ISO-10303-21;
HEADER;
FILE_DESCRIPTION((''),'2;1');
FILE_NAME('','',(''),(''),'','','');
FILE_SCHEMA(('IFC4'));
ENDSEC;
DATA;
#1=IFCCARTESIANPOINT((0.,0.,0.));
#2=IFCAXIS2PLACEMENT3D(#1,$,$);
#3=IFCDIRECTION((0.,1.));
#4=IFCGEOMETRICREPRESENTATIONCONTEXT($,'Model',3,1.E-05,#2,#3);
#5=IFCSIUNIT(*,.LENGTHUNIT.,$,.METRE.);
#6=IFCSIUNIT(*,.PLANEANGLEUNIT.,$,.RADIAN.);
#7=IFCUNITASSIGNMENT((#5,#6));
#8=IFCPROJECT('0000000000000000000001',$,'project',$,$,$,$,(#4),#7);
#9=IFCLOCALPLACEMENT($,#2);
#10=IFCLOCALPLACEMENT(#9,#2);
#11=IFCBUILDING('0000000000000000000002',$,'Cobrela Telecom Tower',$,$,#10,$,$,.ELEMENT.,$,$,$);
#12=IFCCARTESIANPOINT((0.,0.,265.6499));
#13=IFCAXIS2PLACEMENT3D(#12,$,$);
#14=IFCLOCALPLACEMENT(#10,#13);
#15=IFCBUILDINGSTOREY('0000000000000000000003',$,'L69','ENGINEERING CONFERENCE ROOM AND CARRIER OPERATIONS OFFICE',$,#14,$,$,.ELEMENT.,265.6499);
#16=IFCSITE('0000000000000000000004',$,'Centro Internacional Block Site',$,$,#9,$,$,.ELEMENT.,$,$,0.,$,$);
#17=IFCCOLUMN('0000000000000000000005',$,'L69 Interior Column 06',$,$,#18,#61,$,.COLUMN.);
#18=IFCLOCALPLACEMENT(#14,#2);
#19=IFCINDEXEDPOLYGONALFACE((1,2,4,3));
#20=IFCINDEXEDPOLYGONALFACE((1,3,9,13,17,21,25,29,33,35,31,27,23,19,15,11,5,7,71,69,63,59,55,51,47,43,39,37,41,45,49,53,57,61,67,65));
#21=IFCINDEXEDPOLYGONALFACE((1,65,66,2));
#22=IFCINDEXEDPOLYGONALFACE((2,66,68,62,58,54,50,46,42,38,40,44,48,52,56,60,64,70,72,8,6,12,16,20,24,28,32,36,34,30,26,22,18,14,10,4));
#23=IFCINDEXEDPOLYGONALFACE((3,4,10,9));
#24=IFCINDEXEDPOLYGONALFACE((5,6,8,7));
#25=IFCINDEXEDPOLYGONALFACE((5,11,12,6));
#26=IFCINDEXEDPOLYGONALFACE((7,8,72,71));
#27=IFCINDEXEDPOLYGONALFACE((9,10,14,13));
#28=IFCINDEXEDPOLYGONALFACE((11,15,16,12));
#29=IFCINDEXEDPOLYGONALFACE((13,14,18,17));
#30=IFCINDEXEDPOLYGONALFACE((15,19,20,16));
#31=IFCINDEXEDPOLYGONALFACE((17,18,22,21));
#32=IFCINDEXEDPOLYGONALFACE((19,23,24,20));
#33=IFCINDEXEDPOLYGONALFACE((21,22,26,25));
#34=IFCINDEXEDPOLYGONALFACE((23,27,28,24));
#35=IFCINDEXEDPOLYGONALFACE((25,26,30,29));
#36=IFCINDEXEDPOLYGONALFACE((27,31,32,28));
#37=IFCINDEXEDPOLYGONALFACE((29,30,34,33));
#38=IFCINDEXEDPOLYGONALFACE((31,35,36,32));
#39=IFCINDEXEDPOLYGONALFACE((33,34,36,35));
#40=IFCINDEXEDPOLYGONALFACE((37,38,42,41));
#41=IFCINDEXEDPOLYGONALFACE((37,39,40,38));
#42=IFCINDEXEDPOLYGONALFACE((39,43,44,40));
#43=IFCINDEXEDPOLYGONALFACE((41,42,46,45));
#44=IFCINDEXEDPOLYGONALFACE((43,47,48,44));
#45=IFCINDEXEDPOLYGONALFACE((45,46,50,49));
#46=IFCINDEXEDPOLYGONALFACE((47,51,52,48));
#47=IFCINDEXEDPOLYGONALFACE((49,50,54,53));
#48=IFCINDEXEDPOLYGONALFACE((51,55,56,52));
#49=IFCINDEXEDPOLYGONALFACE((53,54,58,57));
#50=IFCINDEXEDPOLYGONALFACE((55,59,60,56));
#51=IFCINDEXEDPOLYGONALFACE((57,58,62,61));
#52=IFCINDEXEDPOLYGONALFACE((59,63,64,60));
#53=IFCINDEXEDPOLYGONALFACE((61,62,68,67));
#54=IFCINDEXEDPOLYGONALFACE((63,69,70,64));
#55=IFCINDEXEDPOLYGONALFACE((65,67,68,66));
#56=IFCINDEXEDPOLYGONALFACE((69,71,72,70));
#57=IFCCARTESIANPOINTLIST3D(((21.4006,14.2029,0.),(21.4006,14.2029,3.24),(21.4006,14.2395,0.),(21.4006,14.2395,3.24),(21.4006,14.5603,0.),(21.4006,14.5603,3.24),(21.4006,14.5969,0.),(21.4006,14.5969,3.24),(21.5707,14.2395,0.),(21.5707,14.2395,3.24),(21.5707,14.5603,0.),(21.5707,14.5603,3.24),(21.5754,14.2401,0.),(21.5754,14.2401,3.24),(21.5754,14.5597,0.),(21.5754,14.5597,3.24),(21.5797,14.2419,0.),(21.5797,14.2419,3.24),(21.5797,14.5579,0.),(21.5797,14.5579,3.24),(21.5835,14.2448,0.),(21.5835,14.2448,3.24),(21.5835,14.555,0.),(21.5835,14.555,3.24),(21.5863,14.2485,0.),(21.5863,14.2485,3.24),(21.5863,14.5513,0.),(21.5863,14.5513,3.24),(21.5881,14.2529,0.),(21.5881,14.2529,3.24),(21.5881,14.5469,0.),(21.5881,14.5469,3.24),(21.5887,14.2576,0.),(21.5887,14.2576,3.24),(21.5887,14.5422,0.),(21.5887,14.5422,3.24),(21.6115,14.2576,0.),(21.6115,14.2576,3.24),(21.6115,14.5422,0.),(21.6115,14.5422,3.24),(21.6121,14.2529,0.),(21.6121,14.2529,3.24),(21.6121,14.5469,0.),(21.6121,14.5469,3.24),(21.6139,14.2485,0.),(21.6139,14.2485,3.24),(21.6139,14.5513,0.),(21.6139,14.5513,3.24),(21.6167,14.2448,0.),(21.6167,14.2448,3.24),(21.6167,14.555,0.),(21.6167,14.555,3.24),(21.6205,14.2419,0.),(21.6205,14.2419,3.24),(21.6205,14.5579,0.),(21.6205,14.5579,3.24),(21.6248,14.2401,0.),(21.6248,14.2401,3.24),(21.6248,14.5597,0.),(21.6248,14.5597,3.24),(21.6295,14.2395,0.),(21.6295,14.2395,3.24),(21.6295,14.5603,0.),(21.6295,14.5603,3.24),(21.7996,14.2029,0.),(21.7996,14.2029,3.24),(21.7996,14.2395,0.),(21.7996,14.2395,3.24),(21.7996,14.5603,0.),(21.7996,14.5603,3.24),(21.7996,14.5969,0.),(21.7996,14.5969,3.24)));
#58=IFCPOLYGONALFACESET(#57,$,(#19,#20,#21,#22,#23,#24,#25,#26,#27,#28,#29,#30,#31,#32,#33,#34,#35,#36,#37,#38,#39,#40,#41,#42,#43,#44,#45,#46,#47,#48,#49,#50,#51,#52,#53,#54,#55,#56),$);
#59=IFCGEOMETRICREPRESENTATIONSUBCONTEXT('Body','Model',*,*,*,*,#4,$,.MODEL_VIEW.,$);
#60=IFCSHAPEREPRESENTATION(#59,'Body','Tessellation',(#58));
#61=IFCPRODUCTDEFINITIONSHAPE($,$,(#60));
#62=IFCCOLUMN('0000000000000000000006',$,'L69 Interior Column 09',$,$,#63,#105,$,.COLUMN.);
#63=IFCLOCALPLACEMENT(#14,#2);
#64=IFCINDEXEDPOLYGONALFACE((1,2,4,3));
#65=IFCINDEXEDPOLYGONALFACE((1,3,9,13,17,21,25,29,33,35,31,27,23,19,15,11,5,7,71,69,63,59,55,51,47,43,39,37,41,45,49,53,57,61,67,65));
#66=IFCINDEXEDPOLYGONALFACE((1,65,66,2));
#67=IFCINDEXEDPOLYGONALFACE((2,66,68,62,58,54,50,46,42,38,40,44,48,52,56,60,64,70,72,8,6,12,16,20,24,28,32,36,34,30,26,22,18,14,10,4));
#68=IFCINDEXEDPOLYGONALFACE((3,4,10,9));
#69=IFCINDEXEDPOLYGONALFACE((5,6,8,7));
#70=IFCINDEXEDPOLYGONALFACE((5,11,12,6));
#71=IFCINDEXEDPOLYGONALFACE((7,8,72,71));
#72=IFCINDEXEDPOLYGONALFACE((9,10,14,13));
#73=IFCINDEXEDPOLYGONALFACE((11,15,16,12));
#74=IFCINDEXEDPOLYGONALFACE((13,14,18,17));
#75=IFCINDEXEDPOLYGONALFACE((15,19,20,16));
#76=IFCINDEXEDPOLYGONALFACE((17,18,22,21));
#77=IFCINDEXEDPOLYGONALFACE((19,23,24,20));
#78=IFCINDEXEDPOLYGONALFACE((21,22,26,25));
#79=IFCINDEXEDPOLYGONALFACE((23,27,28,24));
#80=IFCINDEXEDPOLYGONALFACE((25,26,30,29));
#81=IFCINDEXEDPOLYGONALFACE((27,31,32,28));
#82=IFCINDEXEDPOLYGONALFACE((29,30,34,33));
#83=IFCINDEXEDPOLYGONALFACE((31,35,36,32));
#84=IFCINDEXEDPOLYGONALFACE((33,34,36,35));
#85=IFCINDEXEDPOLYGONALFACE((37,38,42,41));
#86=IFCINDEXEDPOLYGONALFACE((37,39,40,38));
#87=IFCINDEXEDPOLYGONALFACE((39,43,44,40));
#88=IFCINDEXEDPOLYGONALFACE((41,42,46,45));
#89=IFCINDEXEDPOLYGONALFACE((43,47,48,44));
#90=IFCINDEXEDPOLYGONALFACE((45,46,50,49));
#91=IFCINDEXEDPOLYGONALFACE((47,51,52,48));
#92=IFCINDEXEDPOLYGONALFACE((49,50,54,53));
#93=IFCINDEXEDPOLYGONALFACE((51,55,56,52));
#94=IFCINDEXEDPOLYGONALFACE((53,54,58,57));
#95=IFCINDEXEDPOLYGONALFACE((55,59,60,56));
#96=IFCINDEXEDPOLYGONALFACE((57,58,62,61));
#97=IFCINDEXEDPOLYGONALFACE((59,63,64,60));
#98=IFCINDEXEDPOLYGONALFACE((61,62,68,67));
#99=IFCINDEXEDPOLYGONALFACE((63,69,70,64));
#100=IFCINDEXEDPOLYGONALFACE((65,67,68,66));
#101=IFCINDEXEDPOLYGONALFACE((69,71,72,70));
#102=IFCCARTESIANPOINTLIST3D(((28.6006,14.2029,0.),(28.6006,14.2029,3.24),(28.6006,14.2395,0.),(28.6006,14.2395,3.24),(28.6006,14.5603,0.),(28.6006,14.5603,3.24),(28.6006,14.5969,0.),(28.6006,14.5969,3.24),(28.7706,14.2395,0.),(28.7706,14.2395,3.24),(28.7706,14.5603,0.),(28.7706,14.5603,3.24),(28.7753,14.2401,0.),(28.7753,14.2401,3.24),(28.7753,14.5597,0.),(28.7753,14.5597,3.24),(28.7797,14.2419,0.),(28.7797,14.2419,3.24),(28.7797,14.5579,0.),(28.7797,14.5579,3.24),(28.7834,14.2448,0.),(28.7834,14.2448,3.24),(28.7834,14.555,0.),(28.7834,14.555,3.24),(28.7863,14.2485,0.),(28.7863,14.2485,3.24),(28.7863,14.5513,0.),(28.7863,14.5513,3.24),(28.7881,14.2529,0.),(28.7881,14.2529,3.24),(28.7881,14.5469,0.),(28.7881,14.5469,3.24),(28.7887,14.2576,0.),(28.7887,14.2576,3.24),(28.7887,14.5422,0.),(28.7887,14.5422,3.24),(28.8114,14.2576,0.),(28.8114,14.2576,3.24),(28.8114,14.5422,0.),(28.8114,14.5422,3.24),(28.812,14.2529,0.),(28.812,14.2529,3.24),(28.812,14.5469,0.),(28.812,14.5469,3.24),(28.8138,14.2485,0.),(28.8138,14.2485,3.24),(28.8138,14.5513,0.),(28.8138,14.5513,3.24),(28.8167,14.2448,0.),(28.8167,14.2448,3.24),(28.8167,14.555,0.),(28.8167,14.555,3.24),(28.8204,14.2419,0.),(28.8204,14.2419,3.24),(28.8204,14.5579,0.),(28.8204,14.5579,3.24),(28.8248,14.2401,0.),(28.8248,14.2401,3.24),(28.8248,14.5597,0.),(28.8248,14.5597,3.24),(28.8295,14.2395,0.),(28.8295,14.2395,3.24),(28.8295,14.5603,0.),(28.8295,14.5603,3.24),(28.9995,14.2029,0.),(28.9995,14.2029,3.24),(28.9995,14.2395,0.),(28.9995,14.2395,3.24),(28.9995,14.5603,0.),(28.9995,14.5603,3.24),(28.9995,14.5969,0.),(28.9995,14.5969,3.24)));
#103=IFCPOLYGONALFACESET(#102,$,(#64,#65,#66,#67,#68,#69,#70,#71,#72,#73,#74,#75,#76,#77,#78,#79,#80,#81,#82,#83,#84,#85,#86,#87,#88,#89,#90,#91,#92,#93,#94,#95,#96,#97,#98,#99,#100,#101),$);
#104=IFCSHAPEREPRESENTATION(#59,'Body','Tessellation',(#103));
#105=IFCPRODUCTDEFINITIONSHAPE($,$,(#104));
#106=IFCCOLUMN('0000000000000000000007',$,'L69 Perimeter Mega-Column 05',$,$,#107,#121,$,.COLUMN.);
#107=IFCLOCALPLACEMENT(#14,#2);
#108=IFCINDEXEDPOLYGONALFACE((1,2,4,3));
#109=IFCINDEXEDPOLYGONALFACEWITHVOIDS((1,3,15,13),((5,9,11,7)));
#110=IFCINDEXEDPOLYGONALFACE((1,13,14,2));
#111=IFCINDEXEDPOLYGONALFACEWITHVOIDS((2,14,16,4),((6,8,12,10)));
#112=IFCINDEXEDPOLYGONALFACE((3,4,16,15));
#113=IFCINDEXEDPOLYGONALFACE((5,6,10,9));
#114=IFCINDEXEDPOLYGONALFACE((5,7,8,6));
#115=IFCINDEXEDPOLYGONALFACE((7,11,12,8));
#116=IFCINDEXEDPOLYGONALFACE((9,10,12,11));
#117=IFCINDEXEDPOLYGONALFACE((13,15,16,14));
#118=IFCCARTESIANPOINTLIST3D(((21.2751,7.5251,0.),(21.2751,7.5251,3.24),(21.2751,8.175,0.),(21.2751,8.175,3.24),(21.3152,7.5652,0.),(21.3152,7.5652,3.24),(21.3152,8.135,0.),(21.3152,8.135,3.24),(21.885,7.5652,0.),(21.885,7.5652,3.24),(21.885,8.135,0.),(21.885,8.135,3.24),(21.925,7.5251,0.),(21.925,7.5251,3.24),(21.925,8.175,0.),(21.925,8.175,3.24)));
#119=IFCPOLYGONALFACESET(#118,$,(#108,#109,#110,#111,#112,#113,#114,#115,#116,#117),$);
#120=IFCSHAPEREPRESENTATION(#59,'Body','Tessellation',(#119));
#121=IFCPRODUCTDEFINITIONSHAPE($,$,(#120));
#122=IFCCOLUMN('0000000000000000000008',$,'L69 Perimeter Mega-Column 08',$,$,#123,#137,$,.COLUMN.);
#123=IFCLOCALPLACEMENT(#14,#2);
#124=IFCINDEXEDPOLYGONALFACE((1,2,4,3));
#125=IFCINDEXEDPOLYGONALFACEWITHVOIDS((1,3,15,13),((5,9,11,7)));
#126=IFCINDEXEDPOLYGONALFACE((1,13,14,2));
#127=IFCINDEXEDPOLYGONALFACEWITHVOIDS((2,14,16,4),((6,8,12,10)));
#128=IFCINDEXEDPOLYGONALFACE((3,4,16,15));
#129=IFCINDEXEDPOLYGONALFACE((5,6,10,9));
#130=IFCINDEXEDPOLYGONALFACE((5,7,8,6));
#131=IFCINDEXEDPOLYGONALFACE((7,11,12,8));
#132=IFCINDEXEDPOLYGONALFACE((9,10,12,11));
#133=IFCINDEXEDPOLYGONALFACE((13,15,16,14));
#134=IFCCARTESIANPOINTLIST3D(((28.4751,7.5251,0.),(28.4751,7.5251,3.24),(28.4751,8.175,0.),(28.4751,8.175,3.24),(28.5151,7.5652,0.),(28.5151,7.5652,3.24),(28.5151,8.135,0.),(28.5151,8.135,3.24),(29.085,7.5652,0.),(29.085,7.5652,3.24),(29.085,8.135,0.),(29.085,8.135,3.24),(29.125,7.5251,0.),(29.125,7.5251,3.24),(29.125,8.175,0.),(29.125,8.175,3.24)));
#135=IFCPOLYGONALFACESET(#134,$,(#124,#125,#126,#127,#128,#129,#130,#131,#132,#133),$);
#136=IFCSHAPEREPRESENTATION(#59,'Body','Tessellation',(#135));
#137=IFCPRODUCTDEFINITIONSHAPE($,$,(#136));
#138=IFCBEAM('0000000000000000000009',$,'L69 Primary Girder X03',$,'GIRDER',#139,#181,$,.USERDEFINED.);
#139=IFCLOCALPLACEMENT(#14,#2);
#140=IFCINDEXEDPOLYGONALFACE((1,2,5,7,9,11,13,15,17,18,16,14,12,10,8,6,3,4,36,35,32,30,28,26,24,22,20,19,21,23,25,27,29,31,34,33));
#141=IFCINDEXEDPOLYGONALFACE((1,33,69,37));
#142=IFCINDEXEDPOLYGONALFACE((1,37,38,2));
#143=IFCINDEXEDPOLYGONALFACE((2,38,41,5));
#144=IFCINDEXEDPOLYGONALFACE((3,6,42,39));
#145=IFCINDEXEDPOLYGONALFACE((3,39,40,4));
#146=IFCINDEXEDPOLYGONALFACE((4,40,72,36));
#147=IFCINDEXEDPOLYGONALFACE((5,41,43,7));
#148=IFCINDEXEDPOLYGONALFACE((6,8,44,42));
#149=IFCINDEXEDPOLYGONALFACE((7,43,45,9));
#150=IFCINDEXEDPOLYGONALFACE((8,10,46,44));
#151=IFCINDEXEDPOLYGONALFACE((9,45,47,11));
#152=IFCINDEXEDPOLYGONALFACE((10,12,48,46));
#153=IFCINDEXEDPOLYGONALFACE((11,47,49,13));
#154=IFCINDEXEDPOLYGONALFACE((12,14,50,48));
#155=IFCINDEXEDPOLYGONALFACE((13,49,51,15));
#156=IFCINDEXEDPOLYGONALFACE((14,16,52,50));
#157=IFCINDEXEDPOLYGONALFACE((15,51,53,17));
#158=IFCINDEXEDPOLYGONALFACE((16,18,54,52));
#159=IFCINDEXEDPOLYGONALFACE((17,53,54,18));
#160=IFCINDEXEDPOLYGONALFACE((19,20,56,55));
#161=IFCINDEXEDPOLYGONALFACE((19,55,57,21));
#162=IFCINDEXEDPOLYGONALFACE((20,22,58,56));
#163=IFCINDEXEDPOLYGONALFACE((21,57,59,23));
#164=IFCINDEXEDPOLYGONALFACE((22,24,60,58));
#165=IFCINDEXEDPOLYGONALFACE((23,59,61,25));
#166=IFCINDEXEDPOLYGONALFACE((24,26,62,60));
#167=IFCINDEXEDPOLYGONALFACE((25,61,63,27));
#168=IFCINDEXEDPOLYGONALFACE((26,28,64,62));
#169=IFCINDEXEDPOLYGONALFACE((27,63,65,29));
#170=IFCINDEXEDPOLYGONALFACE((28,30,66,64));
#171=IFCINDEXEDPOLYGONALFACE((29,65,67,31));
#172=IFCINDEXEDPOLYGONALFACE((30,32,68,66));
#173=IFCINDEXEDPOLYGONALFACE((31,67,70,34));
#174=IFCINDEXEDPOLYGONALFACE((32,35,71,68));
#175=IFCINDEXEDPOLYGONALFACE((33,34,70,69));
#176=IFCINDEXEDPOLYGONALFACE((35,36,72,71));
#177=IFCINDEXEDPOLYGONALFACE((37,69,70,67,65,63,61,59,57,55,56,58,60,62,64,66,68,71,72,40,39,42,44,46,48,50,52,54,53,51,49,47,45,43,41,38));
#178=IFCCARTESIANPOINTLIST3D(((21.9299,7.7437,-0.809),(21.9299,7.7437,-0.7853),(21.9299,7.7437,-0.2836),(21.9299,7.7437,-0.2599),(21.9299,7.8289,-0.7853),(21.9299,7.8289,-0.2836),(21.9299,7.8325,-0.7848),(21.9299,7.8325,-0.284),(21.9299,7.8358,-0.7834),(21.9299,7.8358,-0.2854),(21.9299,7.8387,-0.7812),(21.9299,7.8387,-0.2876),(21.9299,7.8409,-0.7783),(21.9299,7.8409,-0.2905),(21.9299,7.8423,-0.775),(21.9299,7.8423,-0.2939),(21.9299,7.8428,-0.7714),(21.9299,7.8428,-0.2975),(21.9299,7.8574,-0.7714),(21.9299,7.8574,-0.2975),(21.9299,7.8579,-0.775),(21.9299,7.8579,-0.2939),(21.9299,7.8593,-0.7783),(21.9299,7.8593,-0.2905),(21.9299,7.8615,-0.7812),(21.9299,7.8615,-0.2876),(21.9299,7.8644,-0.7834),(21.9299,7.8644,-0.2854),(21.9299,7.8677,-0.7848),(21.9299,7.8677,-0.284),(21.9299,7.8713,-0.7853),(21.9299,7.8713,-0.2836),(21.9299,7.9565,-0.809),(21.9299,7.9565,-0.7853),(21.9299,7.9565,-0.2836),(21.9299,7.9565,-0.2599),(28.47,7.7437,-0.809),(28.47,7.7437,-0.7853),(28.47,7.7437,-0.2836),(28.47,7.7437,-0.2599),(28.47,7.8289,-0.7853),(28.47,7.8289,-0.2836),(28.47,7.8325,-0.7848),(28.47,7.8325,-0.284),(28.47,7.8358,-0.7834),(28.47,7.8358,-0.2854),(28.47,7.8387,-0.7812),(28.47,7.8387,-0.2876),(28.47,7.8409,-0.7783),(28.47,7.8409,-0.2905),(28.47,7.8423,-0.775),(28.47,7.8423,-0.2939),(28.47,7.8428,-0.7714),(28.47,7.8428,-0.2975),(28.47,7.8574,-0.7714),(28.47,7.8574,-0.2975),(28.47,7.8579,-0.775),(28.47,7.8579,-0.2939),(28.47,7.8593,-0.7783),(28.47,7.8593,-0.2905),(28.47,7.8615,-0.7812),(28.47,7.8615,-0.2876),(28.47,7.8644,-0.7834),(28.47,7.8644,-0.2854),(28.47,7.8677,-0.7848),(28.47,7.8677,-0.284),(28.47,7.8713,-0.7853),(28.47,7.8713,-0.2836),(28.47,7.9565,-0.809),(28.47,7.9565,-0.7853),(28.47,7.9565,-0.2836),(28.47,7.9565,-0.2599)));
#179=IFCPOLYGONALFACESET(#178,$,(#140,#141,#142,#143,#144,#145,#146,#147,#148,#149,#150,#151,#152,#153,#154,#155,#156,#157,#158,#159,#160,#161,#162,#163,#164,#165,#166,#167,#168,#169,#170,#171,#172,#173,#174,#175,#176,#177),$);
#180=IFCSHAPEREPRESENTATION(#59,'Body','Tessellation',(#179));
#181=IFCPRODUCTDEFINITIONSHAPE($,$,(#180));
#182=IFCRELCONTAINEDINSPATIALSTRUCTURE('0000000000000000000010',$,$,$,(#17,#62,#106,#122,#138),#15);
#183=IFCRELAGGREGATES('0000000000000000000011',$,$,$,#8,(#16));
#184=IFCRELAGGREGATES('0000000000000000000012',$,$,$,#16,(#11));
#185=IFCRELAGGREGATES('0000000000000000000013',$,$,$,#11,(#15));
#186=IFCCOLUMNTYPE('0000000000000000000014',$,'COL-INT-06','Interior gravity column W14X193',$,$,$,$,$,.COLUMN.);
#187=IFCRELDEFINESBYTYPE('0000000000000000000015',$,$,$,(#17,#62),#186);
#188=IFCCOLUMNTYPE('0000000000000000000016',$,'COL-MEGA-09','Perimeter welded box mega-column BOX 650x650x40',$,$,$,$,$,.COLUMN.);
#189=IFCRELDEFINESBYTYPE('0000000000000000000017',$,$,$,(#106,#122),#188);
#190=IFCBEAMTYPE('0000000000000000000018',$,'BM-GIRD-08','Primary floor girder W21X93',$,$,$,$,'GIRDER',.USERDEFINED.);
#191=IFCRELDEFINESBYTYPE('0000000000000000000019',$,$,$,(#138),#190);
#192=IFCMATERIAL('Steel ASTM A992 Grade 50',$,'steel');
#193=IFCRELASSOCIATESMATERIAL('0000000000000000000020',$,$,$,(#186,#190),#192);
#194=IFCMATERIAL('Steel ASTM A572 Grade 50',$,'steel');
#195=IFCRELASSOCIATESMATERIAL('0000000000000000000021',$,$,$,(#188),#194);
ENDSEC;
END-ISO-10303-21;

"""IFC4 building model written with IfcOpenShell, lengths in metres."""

from ifc_helpers import new_model, si_unit, direction, frame, origin, origin_2d, place, context, subcontext, project, spatial, hollow_rectangle, i_section, extrude, material, material_profile, profile_set, type_object, element, save


model = new_model("IFC4")

# Units and contexts
model_context = context("Model", 3, precision=1e-05, world=origin(), true_north=direction((0.0, 1.0)))
body_context = subcontext(model_context, "Body", "Model", "MODEL_VIEW")
ifc_project = project(units=[si_unit("LENGTHUNIT", "METRE"), si_unit("PLANEANGLEUNIT", "RADIAN")], contexts=[model_context])

# Site, building, storey
site_placement = place(None, origin())
site = spatial("IfcSite", under=ifc_project, at=site_placement, Name="Centro Internacional Block Site", CompositionType="ELEMENT", RefElevation=0.0)
building_placement = place(site_placement, origin())
building = spatial("IfcBuilding", under=site, at=building_placement, Name="Cobrela Telecom Tower", CompositionType="ELEMENT")
storey_placement = place(building_placement, frame((0.0, 0.0, 265.6499)))
storey = spatial("IfcBuildingStorey", under=building, at=storey_placement, Name="L69", Description="ENGINEERING CONFERENCE ROOM AND CARRIER OPERATIONS OFFICE", CompositionType="ELEMENT", Elevation=265.6499)

# Columns
ifc_material_1 = material(Name="Steel ASTM A992 Grade 50", Category="steel")
ifc_material_profile_1 = material_profile(ifc_material_1, i_section(OverallWidth=0.3989, OverallDepth=0.394, WebThickness=0.0227, FlangeThickness=0.0366, FilletRadius=0.0181, at=origin_2d()), Name="W14X193")
ifc_profile_set_1 = profile_set([ifc_material_profile_1], Name="Steel ASTM A992 Grade 50")
column_type_1 = type_object("IfcColumnType", Name="COL-INT-06", Description="Interior gravity column W14X193", PredefinedType="COLUMN", material=ifc_profile_set_1)
for number, where, z_axis, x_axis, name in (
    (1, (21.6001, 14.3999, 0.0), (0.0, 0.0, 1.0), (1.0, 0.0, 0.0), "L69 Interior Column 06"),
    (2, (28.8, 14.3999, 0.0), (0.0, 0.0, 1.0), (1.0, 0.0, 0.0), "L69 Interior Column 09"),
):
    element("IfcColumn", number, at=place(storey_placement, frame(where, z_axis=z_axis, x_axis=x_axis)), inside=storey, type_object=column_type_1, Name=name, PredefinedType="COLUMN", context=body_context, shape_type="SweptSolid", body=[
        extrude(i_section(OverallWidth=0.3989, OverallDepth=0.394, WebThickness=0.0227, FlangeThickness=0.0366, FilletRadius=0.0181, at=origin_2d()), origin(), (0.0, 0.0, 1.0), 3.24),
    ])
ifc_material_2 = material(Name="Steel ASTM A572 Grade 50", Category="steel")
ifc_material_profile_2 = material_profile(ifc_material_2, hollow_rectangle(XDim=0.6499, YDim=0.6499, WallThickness=0.04, at=origin_2d()), Name="BOX 650x650x40")
ifc_profile_set_2 = profile_set([ifc_material_profile_2], Name="Steel ASTM A572 Grade 50")
column_type_2 = type_object("IfcColumnType", Name="COL-MEGA-09", Description="Perimeter welded box mega-column BOX 650x650x40", PredefinedType="COLUMN", material=ifc_profile_set_2)
for number, where, z_axis, x_axis, name in (
    (3, (21.6001, 7.8501, 0.0), (0.0, 0.0, 1.0), (1.0, 0.0, 0.0), "L69 Perimeter Mega-Column 05"),
    (4, (28.8, 7.8501, 0.0), (0.0, 0.0, 1.0), (1.0, 0.0, 0.0), "L69 Perimeter Mega-Column 08"),
):
    element("IfcColumn", number, at=place(storey_placement, frame(where, z_axis=z_axis, x_axis=x_axis)), inside=storey, type_object=column_type_2, Name=name, PredefinedType="COLUMN", context=body_context, shape_type="SweptSolid", body=[
        extrude(hollow_rectangle(XDim=0.6499, YDim=0.6499, WallThickness=0.04, at=origin_2d()), origin(), (0.0, 0.0, 1.0), 3.24),
    ])

# Beam
ifc_material_profile_3 = material_profile(ifc_material_1, i_section(OverallWidth=0.2129, OverallDepth=0.5491, WebThickness=0.0146, FlangeThickness=0.0237, FilletRadius=0.0139, at=origin_2d()), Name="W21X93")
ifc_profile_set_3 = profile_set([ifc_material_profile_3], Name="Steel ASTM A992 Grade 50")
beam_type_1 = type_object("IfcBeamType", Name="BM-GIRD-08", Description="Primary floor girder W21X93", ElementType="GIRDER", PredefinedType="USERDEFINED", material=ifc_profile_set_3)
for number, where, z_axis, x_axis, name in (
    (5, (21.9299, 7.8501, -0.5344), (1.0, 0.0, 0.0), (0.0, 1.0, 0.0), "L69 Primary Girder X03"),
):
    element("IfcBeam", number, at=place(storey_placement, frame(where, z_axis=z_axis, x_axis=x_axis)), inside=storey, type_object=beam_type_1, Name=name, ObjectType="GIRDER", PredefinedType="USERDEFINED", context=body_context, shape_type="SweptSolid", body=[
        extrude(i_section(OverallWidth=0.2129, OverallDepth=0.5491, WebThickness=0.0146, FlangeThickness=0.0237, FilletRadius=0.0139, at=origin_2d()), origin(), (0.0, 0.0, 1.0), 6.54),
    ])

save(model, "model.ifc")
